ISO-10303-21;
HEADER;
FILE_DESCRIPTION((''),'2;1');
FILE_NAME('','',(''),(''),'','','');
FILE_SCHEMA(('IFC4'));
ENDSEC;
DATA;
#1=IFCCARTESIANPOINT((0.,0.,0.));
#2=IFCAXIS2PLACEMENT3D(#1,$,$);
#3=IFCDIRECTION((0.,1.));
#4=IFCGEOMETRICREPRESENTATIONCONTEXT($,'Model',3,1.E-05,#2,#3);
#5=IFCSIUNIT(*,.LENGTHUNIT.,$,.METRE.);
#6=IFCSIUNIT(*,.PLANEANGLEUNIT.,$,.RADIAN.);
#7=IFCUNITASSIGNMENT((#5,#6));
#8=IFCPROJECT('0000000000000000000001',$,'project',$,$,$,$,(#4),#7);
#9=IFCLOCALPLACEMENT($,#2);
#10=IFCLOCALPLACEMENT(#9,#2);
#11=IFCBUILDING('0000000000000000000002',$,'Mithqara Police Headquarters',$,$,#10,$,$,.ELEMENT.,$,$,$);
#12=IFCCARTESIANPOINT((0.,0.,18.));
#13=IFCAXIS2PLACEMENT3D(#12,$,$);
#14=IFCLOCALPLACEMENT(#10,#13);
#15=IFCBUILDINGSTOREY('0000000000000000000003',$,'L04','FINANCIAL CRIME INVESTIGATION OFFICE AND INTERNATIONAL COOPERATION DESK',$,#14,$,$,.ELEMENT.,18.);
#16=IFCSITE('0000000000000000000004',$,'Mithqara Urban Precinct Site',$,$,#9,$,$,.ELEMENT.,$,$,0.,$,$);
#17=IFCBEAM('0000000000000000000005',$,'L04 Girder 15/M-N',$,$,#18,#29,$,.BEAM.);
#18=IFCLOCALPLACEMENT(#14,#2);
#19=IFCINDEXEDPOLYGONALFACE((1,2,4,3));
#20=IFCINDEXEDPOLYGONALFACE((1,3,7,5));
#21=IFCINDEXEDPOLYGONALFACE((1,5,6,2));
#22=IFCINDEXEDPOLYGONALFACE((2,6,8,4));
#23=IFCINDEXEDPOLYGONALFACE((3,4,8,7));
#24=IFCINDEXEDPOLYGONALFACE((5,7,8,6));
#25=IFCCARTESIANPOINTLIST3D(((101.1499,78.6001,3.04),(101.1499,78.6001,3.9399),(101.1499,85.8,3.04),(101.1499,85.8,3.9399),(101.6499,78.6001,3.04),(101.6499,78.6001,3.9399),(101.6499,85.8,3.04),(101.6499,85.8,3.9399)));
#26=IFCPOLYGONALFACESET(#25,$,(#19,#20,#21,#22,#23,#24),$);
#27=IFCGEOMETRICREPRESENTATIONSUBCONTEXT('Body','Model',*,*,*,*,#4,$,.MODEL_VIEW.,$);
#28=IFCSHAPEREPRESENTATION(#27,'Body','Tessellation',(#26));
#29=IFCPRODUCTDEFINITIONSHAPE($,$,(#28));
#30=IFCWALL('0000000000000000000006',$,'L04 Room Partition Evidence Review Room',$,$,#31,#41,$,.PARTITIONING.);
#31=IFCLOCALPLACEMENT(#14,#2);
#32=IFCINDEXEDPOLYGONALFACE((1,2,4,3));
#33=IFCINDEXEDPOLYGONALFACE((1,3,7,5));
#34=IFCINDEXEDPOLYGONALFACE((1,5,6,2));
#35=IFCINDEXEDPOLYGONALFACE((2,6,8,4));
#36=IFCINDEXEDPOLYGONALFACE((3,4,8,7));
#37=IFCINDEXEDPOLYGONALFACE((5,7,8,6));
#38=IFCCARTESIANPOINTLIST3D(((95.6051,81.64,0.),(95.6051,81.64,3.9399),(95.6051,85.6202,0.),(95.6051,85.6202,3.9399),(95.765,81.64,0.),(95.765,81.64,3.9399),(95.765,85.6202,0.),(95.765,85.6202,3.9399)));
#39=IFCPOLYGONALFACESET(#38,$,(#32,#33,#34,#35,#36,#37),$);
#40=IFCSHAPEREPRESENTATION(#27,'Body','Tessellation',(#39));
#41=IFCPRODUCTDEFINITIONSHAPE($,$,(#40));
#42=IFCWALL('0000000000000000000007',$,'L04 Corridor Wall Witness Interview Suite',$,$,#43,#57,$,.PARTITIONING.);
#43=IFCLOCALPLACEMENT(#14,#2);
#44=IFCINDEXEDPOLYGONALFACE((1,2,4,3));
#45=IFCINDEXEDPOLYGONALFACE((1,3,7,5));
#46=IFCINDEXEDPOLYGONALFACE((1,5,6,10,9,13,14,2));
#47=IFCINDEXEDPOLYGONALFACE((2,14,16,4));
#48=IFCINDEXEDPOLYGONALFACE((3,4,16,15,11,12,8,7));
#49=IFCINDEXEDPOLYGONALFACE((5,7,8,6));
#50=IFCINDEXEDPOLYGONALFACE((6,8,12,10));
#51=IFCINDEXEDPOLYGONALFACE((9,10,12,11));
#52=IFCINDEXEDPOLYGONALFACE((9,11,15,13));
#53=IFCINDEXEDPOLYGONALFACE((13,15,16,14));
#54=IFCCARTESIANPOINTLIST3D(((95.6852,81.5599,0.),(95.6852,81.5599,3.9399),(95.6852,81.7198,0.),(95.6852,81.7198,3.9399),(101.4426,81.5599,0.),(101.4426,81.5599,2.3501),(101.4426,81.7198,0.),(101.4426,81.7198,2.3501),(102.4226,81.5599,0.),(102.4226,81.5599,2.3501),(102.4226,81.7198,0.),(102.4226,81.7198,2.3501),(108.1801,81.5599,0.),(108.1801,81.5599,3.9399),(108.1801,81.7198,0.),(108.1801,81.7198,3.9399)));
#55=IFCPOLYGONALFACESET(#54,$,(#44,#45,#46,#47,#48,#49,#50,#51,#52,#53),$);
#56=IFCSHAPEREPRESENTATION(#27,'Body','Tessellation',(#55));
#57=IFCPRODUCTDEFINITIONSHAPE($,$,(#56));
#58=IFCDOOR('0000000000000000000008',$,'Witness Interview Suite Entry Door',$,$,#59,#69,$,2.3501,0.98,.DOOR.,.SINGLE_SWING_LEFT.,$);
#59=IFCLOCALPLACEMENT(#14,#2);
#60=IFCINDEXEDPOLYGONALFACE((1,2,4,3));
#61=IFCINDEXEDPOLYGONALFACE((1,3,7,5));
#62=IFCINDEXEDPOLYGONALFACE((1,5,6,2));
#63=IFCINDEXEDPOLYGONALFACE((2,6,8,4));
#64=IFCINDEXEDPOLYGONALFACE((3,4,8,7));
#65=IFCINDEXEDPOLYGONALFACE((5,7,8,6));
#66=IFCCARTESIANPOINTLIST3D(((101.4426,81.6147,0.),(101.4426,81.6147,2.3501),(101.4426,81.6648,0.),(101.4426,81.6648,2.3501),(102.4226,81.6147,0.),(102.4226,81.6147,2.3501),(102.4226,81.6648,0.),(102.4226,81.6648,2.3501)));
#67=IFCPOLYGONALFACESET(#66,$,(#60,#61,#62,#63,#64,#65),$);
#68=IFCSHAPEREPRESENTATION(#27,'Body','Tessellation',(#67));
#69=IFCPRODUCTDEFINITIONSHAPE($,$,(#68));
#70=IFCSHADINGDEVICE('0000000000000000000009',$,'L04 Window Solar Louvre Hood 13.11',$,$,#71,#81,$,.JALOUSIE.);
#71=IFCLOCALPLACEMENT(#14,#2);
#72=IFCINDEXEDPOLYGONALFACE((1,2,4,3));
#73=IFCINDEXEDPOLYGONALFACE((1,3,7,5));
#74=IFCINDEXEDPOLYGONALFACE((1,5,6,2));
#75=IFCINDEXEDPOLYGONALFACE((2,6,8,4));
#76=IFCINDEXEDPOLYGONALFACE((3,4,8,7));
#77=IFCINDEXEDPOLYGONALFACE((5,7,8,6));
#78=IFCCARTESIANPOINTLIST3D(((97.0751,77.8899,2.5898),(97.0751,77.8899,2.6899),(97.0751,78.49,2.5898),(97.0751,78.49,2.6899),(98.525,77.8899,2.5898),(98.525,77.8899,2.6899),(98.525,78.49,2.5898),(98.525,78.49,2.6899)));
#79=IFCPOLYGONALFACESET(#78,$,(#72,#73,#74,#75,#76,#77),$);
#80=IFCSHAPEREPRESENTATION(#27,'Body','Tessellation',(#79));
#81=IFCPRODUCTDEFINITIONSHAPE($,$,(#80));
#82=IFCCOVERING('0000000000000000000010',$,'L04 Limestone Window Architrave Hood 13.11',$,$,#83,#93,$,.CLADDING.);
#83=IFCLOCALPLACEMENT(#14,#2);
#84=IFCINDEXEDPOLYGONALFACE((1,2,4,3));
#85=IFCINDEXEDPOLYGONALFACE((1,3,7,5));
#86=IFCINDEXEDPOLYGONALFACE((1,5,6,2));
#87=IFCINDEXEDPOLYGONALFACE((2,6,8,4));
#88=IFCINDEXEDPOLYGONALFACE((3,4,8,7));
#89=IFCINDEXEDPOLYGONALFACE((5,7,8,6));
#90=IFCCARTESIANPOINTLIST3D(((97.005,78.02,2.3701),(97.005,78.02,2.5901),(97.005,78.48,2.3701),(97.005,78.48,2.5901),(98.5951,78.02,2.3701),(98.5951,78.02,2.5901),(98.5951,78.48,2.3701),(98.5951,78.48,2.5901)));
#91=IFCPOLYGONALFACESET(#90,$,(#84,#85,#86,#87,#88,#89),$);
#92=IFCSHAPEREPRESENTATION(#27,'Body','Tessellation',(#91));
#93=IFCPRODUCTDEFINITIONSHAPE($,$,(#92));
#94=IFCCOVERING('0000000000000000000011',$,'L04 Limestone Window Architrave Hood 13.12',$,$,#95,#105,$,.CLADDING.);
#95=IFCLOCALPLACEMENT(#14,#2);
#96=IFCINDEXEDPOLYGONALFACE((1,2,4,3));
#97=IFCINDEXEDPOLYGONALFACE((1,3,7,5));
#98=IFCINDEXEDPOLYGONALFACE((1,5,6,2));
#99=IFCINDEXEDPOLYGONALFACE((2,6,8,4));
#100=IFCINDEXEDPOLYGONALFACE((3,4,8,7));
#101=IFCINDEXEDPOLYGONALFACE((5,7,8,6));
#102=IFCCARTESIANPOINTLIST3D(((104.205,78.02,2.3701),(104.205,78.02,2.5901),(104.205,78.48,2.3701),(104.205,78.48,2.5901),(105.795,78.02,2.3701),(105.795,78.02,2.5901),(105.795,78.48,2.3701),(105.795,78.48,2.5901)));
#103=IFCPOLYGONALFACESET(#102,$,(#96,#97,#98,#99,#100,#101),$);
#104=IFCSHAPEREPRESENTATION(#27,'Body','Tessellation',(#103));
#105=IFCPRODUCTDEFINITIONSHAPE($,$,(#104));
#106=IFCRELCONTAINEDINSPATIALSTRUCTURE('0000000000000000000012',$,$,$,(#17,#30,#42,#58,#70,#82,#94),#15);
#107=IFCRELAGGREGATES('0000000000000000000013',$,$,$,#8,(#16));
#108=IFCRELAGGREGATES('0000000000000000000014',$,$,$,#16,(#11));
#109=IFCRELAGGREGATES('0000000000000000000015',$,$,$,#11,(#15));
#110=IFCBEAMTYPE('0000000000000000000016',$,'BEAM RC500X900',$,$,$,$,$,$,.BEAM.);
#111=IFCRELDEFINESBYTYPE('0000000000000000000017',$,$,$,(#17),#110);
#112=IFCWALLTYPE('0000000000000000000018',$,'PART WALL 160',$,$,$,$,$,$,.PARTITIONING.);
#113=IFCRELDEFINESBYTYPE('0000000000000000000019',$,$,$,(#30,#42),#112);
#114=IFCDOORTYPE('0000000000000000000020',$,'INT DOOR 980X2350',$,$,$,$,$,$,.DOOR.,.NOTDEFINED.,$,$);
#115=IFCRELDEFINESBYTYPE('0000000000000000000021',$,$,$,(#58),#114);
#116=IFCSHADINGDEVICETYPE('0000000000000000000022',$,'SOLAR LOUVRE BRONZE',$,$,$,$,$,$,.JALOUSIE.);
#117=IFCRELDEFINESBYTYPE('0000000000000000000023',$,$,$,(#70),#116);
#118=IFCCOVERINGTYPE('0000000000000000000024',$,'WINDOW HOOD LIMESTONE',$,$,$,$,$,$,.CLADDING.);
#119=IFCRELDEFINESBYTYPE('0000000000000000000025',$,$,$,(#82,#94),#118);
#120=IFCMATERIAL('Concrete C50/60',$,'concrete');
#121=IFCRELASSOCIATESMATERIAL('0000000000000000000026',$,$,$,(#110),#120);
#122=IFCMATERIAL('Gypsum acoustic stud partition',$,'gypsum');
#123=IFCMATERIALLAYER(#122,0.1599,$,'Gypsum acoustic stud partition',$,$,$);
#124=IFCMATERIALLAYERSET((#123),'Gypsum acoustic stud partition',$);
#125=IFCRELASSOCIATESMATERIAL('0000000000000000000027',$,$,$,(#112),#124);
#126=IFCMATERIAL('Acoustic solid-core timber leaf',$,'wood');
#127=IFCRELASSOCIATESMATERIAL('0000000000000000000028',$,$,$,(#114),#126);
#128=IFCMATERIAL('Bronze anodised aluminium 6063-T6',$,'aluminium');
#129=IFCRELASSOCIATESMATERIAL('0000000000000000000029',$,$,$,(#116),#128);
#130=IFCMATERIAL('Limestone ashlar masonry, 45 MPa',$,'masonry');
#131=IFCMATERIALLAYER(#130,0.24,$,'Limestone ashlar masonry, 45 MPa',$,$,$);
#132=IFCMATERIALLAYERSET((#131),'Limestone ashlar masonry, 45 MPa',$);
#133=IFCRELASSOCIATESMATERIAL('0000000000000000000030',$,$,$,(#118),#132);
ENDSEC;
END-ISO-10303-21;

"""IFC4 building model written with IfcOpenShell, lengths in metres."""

from ifc_helpers import new_model, si_unit, direction, frame, frame_2d, origin, origin_2d, place, context, subcontext, project, spatial, rectangle, extrude, material, layer, layer_set, material_profile, profile_set, type_object, element, fill, save


model = new_model("IFC4")

# Units and contexts
model_context = context("Model", 3, precision=1e-05, world=origin(), true_north=direction((0.0, 1.0)))
body_context = subcontext(model_context, "Body", "Model", "MODEL_VIEW")
ifc_project = project(units=[si_unit("LENGTHUNIT", "METRE"), si_unit("PLANEANGLEUNIT", "RADIAN")], contexts=[model_context])

# Site, building, storey
site_placement = place(None, origin())
site = spatial("IfcSite", under=ifc_project, at=site_placement, Name="Mithqara Urban Precinct Site", CompositionType="ELEMENT", RefElevation=0.0)
building_placement = place(site_placement, origin())
building = spatial("IfcBuilding", under=site, at=building_placement, Name="Mithqara Police Headquarters", CompositionType="ELEMENT")
storey_placement = place(building_placement, frame((0.0, 0.0, 18.0)))
storey = spatial("IfcBuildingStorey", under=building, at=storey_placement, Name="L04", Description="FINANCIAL CRIME INVESTIGATION OFFICE AND INTERNATIONAL COOPERATION DESK", CompositionType="ELEMENT", Elevation=18.0)

# Shared definitions
ifc_material_1 = material(Name="Concrete C50/60", Category="concrete")

# Beam
ifc_material_profile_1 = material_profile(ifc_material_1, rectangle(XDim=0.5, YDim=0.8999, at=origin_2d()), Name="RC 500x900")
ifc_profile_set_1 = profile_set([ifc_material_profile_1], Name="Concrete C50/60")
beam_type_1 = type_object("IfcBeamType", Name="BEAM RC500X900", PredefinedType="BEAM", material=ifc_profile_set_1)
beam_1_placement = place(storey_placement, frame((101.3999, 78.6001, 3.49), z_axis=(0.0, 1.0, 0.0), x_axis=(-1.0, 0.0, 0.0)))
element("IfcBeam", 1, at=beam_1_placement, inside=storey, type_object=beam_type_1, Name="L04 Girder 15/M-N", PredefinedType="BEAM", context=body_context, shape_type="SweptSolid", body=[
    extrude(rectangle(XDim=0.5, YDim=0.8999, at=origin_2d()), origin(), (0.0, 0.0, 1.0), 7.2),
])

# Wall
ifc_material_2 = material(Name="Gypsum acoustic stud partition", Category="gypsum")
ifc_layer_1 = layer(ifc_material_2, 0.1599, Name="Gypsum acoustic stud partition")
ifc_layer_set_1 = layer_set([ifc_layer_1], Name="Gypsum acoustic stud partition")
wall_type = type_object("IfcWallType", Name="PART WALL 160", PredefinedType="PARTITIONING", material=ifc_layer_set_1)
wall_1_placement = place(storey_placement, frame((95.6851, 81.6399, 0.0), z_axis=(0.0, 0.0, 1.0), x_axis=(0.0, 1.0, 0.0)))
element("IfcWall", 2, at=wall_1_placement, inside=storey, type_object=wall_type, Name="L04 Room Partition Evidence Review Room", PredefinedType="PARTITIONING", context=body_context, shape_type="SweptSolid", body=[
    extrude(rectangle(XDim=3.9802, YDim=0.1599, at=frame_2d((1.9902, 0.0))), origin(), (0.0, 0.0, 1.0), 3.9399),
])

# Wall, opening, door
wall_2_placement = place(storey_placement, frame((95.6851, 81.6399, 0.0), z_axis=(0.0, 0.0, 1.0), x_axis=(1.0, 0.0, 0.0)))
wall_2 = element("IfcWall", 3, at=wall_2_placement, inside=storey, type_object=wall_type, Name="L04 Corridor Wall Witness Interview Suite", PredefinedType="PARTITIONING", context=body_context, shape_type="SweptSolid", body=[
    extrude(rectangle(XDim=12.4949, YDim=0.1599, at=frame_2d((6.2476, 0.0))), origin(), (0.0, 0.0, 1.0), 3.9399),
])
opening_placement = place(wall_2_placement, frame((5.7576, 0.0, 0.0)))
opening = element("IfcOpeningElement", 4, at=opening_placement, cuts=wall_2, PredefinedType="OPENING", context=body_context, shape_type="SweptSolid", body=[
    extrude(rectangle(XDim=0.98, YDim=2.3501, at=frame_2d((0.49, 1.175))), frame((0.0, 0.0898, 0.0), z_axis=(0.0, -1.0, 0.0), x_axis=(1.0, 0.0, 0.0)), (0.0, 0.0, 1.0), 0.1799),
])
ifc_material_3 = material(Name="Acoustic solid-core timber leaf", Category="wood")
door_type = type_object("IfcDoorType", Name="INT DOOR 980X2350", OperationType="NOTDEFINED", PredefinedType="DOOR", material=ifc_material_3)
door_placement = place(opening_placement, origin())
door = element("IfcDoor", 5, at=door_placement, inside=storey, type_object=door_type, Name="Witness Interview Suite Entry Door", OperationType="SINGLE_SWING_LEFT", OverallHeight=2.3501, OverallWidth=0.98, PredefinedType="DOOR", context=body_context, shape_type="SweptSolid", body=[
    extrude(rectangle(XDim=0.98, YDim=2.3501, at=frame_2d((0.49, 1.175))), frame((0.0, 0.0249, 0.0), z_axis=(0.0, -1.0, 0.0), x_axis=(1.0, 0.0, 0.0)), (0.0, 0.0, 1.0), 0.05),
])
fill(opening, door)

# Shading device
ifc_material_4 = material(Name="Bronze anodised aluminium 6063-T6", Category="aluminium")
shading_device_type = type_object("IfcShadingDeviceType", Name="SOLAR LOUVRE BRONZE", PredefinedType="JALOUSIE", material=ifc_material_4)
shading_device_placement = place(storey_placement, frame((97.8, 78.1899, 2.5898), z_axis=(0.0, 0.0, 1.0), x_axis=(1.0, 0.0, 0.0)))
element("IfcShadingDevice", 6, at=shading_device_placement, inside=storey, type_object=shading_device_type, Name="L04 Window Solar Louvre Hood 13.11", PredefinedType="JALOUSIE", context=body_context, shape_type="SweptSolid", body=[
    extrude(rectangle(XDim=1.45, YDim=0.6001, at=origin_2d()), origin(), (0.0, 0.0, 1.0), 0.1001),
])

# Coverings
ifc_material_5 = material(Name="Limestone ashlar masonry, 45 MPa", Category="masonry")
ifc_layer_2 = layer(ifc_material_5, 0.24, Name="Limestone ashlar masonry, 45 MPa")
ifc_layer_set_2 = layer_set([ifc_layer_2], Name="Limestone ashlar masonry, 45 MPa")
covering_type = type_object("IfcCoveringType", Name="WINDOW HOOD LIMESTONE", PredefinedType="CLADDING", material=ifc_layer_set_2)
for number, where, z_axis, x_axis, name in (
    (7, (97.8, 78.25, 2.3701), (0.0, 0.0, 1.0), (1.0, 0.0, 0.0), "L04 Limestone Window Architrave Hood 13.11"),
    (8, (105.0, 78.25, 2.3701), (0.0, 0.0, 1.0), (1.0, 0.0, 0.0), "L04 Limestone Window Architrave Hood 13.12"),
):
    element("IfcCovering", number, at=place(storey_placement, frame(where, z_axis=z_axis, x_axis=x_axis)), inside=storey, type_object=covering_type, Name=name, PredefinedType="CLADDING", context=body_context, shape_type="SweptSolid", body=[
        extrude(rectangle(XDim=1.5901, YDim=0.46, at=origin_2d()), origin(), (0.0, 0.0, 1.0), 0.22),
    ])

save(model, "model.ifc")
